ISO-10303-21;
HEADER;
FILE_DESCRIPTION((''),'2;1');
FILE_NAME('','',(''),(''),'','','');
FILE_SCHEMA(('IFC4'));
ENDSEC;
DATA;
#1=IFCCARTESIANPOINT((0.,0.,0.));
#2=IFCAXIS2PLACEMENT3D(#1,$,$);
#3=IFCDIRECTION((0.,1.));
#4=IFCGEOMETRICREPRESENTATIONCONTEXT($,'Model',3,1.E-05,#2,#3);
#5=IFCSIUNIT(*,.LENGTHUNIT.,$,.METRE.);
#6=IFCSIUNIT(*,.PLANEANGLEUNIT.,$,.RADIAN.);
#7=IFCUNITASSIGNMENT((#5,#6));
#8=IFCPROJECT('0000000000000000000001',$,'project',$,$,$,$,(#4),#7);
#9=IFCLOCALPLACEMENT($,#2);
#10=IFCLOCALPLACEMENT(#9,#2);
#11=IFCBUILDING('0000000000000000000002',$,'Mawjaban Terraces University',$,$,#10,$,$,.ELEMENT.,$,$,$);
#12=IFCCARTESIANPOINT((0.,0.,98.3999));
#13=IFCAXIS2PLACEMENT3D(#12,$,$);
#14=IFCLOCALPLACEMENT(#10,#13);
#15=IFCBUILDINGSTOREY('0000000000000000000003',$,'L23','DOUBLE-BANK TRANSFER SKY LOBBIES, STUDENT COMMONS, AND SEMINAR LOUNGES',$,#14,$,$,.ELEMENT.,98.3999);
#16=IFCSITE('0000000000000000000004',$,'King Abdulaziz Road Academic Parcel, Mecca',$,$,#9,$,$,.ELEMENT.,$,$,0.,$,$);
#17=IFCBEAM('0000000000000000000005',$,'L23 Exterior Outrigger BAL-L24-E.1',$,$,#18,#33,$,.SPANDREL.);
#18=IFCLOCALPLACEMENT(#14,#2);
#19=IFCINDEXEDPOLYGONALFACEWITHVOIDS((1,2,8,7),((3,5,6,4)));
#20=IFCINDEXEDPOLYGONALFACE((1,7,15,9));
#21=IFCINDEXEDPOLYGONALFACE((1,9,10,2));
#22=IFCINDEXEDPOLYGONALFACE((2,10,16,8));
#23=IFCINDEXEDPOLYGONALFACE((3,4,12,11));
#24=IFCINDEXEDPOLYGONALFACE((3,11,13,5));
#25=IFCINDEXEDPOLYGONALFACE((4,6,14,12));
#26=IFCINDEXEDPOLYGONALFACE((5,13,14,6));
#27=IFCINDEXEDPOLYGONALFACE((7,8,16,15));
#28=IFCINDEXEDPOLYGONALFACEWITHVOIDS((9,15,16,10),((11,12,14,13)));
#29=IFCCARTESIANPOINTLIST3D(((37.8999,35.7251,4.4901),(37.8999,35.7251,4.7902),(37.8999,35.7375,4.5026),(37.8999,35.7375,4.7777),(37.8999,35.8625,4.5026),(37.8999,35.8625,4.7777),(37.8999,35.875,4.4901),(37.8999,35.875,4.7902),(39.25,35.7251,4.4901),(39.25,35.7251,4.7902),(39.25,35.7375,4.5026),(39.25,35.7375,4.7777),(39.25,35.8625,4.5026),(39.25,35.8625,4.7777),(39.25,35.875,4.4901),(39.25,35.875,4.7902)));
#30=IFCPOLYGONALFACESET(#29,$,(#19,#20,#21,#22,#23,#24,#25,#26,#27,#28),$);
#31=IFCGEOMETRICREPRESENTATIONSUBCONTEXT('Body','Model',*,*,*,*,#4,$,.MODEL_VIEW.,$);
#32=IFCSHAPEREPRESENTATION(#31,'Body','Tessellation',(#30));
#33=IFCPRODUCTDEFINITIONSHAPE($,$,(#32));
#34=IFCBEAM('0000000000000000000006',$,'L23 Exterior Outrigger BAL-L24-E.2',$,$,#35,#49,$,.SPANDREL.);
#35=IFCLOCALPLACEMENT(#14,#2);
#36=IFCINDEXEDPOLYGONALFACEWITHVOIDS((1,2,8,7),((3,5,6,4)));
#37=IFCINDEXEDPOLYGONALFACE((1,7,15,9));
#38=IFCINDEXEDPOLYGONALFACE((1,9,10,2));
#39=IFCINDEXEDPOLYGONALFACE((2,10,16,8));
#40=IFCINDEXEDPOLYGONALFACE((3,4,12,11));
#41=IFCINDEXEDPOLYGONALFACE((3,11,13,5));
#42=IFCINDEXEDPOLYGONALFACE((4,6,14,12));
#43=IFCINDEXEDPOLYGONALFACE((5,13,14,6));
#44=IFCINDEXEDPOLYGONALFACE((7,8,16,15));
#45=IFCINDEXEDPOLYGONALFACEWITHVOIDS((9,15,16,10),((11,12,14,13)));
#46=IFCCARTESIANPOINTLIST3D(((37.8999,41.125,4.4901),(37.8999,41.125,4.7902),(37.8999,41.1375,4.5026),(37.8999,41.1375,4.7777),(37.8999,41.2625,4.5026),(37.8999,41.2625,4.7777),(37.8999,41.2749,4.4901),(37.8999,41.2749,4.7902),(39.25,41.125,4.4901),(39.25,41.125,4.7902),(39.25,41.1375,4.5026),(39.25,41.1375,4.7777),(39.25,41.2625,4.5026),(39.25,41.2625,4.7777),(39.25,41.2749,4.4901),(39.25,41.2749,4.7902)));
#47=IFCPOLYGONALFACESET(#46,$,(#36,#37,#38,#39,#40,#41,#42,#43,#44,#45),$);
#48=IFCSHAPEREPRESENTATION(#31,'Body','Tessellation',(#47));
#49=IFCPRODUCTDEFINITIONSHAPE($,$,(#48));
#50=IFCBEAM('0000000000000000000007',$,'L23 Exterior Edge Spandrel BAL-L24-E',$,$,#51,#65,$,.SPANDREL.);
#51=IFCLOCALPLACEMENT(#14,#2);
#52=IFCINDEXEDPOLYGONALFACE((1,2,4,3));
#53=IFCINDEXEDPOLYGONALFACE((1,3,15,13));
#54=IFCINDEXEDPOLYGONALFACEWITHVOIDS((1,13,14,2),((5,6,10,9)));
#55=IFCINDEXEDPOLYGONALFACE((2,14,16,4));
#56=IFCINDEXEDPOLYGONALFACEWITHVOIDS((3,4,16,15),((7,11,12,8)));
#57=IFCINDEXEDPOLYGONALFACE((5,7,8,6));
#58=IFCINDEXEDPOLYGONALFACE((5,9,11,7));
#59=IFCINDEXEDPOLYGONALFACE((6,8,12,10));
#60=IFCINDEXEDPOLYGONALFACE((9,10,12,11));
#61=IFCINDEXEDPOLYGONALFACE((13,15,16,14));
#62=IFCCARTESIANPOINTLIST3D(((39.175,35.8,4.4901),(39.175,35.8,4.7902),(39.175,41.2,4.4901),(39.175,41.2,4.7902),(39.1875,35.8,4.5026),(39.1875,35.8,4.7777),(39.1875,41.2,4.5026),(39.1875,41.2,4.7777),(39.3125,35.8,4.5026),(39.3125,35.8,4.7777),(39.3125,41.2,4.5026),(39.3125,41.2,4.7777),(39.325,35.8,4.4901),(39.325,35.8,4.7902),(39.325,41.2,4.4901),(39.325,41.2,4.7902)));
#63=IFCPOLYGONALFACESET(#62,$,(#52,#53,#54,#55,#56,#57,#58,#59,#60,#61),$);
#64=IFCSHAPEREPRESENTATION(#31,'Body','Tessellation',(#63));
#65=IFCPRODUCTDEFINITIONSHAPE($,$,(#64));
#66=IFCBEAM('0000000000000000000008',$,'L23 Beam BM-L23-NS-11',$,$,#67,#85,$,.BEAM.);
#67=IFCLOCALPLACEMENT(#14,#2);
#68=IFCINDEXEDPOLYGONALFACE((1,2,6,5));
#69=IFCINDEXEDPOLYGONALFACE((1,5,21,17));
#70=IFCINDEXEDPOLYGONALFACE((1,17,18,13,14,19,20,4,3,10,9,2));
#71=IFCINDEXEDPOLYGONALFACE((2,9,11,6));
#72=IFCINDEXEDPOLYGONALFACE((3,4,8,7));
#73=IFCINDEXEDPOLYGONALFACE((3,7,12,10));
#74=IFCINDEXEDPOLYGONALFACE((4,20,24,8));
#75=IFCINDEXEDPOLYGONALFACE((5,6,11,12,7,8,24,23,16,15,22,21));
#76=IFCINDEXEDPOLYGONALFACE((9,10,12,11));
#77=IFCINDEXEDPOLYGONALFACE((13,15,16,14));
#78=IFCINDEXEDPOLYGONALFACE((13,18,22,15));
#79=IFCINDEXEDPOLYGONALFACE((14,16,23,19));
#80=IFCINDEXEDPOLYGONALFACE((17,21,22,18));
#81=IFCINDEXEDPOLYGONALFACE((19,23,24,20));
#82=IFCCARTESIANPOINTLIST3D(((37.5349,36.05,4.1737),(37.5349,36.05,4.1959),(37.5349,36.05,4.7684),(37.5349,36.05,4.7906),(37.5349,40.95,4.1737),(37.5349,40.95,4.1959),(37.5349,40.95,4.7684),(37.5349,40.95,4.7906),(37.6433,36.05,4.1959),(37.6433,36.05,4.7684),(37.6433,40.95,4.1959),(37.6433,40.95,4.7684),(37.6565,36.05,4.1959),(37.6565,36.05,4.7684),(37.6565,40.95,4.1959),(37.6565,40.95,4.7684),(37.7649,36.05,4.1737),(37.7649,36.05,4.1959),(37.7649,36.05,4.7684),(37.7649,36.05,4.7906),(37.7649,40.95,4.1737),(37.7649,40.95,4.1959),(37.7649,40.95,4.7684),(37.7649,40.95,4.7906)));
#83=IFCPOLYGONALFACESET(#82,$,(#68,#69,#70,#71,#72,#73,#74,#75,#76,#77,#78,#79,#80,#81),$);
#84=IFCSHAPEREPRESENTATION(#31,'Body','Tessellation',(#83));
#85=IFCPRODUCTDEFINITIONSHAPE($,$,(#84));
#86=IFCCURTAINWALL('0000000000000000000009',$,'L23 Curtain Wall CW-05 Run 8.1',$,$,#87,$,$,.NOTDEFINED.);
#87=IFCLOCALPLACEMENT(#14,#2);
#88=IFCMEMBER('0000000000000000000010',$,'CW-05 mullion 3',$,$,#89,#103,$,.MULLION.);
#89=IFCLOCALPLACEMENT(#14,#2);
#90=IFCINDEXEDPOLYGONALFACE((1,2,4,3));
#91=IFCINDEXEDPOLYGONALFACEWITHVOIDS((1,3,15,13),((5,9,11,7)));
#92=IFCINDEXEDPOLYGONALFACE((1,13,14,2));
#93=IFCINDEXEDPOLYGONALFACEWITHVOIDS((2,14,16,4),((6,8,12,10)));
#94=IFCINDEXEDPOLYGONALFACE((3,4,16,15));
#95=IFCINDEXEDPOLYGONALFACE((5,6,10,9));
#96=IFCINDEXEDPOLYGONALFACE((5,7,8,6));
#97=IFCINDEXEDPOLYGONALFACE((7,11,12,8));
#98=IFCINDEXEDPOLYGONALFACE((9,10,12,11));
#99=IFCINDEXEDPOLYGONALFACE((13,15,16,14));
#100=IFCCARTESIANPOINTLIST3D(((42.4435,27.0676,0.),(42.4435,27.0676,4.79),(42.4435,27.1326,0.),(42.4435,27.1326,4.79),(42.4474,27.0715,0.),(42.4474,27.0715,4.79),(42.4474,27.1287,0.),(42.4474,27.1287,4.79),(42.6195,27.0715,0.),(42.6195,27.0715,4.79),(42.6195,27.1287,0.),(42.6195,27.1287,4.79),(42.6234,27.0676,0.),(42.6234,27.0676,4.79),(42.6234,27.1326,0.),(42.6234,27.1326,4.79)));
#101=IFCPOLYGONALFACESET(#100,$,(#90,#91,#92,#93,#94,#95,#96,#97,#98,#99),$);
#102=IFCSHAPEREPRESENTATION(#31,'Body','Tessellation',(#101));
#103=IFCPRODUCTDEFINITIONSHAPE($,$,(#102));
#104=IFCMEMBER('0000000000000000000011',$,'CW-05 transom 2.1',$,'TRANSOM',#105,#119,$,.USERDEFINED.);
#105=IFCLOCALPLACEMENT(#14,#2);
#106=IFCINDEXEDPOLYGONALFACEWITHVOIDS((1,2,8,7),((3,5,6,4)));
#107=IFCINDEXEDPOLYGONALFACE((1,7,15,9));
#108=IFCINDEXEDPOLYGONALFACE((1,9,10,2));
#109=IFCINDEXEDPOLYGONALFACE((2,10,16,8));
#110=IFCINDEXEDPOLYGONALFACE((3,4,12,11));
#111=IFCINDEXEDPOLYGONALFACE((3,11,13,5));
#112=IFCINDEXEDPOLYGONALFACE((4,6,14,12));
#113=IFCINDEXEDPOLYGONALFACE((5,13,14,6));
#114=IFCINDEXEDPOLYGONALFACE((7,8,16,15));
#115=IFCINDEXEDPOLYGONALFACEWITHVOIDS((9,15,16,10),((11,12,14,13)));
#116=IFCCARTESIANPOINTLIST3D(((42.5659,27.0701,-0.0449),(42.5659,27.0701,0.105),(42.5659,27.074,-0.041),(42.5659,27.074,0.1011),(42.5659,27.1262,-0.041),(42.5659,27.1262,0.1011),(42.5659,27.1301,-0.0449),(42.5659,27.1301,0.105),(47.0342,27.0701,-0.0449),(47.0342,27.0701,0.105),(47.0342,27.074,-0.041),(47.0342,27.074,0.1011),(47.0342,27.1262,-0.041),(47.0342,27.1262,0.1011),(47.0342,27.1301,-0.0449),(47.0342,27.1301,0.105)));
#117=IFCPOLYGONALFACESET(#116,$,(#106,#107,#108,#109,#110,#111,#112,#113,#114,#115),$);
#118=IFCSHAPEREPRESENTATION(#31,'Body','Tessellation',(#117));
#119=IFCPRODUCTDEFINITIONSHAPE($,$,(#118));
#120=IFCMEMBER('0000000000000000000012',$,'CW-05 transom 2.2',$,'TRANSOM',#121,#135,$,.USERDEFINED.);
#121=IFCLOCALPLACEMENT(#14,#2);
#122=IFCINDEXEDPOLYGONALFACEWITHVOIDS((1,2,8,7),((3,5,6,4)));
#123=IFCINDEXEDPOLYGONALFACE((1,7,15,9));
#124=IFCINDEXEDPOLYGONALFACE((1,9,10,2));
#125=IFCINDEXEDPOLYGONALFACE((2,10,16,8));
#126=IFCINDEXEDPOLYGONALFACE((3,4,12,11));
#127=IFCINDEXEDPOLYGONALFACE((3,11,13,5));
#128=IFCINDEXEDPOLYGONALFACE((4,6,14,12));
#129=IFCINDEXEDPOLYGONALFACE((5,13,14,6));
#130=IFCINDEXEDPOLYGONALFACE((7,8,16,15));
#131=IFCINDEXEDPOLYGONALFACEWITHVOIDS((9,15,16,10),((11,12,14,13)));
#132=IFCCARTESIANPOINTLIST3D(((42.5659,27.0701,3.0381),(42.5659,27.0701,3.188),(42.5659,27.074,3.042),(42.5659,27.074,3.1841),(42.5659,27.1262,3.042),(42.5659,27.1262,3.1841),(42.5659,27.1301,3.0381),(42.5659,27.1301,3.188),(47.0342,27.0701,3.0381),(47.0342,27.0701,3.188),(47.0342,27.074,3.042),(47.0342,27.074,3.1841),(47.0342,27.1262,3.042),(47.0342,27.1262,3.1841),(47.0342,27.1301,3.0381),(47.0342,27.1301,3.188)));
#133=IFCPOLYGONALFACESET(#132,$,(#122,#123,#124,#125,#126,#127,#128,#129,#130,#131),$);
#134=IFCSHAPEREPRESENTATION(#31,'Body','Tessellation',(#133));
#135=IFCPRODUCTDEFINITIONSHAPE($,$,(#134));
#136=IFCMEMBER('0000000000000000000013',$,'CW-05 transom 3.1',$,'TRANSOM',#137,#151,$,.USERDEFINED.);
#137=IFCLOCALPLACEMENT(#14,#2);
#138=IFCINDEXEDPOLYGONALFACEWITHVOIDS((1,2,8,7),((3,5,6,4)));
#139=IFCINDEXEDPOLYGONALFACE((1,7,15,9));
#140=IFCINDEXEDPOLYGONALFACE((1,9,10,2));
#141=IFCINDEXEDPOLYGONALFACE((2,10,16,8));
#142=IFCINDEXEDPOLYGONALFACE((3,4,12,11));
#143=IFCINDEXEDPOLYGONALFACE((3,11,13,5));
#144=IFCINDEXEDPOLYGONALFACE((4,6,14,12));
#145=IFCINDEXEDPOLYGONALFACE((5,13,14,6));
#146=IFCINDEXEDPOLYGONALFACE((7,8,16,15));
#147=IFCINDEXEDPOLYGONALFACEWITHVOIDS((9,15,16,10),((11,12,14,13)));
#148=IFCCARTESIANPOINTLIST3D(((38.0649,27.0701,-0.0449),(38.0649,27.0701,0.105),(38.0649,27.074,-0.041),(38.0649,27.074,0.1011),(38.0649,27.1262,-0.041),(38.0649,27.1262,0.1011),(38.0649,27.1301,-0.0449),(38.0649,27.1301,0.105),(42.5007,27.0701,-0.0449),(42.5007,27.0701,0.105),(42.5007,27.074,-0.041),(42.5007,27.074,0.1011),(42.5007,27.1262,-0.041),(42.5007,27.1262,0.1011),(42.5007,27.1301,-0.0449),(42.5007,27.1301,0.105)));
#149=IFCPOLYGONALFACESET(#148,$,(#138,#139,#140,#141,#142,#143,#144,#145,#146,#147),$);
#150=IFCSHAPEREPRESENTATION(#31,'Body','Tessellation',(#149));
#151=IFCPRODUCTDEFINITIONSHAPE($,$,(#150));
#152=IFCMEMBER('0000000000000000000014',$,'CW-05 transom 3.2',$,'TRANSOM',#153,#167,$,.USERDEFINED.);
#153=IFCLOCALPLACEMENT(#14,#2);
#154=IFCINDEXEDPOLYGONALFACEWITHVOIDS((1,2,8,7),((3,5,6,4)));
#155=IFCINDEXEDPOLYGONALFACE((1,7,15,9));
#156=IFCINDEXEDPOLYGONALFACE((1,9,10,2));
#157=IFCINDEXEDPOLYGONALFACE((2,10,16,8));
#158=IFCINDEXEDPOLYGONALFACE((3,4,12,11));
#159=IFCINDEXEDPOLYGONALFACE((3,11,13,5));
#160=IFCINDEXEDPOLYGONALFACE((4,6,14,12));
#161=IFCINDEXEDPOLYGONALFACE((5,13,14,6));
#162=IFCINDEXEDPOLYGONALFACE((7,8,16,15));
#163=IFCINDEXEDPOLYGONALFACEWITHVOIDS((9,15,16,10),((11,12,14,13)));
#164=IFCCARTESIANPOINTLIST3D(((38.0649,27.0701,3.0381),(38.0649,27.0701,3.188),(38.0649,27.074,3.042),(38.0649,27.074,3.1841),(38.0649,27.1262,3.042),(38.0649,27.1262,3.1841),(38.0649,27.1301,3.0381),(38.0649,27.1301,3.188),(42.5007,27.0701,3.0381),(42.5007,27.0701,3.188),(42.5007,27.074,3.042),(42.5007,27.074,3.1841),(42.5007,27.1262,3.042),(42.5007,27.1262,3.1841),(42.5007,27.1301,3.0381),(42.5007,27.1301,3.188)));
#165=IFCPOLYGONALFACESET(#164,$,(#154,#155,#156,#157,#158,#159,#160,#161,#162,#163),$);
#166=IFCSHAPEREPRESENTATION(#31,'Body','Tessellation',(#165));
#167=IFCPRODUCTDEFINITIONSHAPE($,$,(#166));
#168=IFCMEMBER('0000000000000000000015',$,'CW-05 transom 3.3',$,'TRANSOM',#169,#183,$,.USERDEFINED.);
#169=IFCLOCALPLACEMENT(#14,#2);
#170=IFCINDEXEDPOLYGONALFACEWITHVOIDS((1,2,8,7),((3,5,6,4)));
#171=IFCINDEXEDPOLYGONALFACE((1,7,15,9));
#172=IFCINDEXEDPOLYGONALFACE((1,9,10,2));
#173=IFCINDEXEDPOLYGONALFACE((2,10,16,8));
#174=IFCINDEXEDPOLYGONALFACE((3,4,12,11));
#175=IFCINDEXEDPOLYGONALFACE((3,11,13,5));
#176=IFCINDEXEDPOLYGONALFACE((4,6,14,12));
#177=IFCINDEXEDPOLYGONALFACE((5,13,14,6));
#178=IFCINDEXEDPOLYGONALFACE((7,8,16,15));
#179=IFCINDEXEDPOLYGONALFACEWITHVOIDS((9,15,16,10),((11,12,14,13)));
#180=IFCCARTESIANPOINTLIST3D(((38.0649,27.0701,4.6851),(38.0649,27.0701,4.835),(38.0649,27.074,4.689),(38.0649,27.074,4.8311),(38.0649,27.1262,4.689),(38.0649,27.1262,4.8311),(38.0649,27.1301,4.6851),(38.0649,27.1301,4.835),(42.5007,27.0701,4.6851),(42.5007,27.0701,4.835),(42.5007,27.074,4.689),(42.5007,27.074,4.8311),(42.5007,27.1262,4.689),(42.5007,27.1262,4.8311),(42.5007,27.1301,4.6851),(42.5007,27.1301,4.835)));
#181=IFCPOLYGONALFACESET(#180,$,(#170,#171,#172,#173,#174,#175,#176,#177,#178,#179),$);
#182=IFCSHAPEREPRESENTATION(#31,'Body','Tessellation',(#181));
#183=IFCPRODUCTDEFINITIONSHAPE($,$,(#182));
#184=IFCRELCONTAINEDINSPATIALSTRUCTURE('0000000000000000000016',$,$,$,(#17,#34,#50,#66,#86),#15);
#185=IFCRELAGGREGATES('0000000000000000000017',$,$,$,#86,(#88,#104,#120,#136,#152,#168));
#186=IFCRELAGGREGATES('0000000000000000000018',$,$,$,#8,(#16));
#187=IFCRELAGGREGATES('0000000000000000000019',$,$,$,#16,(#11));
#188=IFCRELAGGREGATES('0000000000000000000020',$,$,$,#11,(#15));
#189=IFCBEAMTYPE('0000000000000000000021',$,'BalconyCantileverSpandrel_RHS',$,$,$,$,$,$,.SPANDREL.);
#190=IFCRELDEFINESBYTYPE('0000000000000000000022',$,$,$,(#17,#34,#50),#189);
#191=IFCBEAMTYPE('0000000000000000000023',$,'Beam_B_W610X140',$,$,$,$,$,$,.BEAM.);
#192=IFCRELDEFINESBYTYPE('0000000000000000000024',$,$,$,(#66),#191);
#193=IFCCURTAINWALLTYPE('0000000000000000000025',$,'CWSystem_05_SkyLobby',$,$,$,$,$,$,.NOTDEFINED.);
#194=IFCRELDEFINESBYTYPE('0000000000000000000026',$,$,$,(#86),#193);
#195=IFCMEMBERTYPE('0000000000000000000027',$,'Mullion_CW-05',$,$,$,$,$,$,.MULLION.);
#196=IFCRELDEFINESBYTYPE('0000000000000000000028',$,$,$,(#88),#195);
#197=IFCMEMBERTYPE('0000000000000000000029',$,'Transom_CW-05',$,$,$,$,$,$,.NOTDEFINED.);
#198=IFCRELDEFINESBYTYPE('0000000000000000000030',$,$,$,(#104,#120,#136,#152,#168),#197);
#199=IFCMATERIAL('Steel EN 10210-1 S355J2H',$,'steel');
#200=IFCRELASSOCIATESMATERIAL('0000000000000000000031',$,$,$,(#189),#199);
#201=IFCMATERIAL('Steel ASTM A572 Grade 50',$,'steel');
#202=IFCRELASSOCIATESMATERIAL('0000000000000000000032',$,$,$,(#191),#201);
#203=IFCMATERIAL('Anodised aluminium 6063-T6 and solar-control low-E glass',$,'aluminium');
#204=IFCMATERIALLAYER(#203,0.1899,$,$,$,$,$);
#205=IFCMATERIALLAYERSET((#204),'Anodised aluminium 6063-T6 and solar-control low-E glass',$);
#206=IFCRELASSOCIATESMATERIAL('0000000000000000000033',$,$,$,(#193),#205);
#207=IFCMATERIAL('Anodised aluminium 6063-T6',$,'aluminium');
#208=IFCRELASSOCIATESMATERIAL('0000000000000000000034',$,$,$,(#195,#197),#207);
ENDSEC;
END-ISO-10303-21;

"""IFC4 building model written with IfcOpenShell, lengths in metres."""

from ifc_helpers import new_model, si_unit, direction, frame, origin, origin_2d, place, context, subcontext, project, spatial, hollow_rectangle, i_section, extrude, material, layer, layer_set, material_profile, profile_set, type_object, element, aggregate, save


model = new_model("IFC4")

# Units and contexts
model_context = context("Model", 3, precision=1e-05, world=origin(), true_north=direction((0.0, 1.0)))
body_context = subcontext(model_context, "Body", "Model", "MODEL_VIEW")
ifc_project = project(units=[si_unit("LENGTHUNIT", "METRE"), si_unit("PLANEANGLEUNIT", "RADIAN")], contexts=[model_context])

# Site, building, storey
site_placement = place(None, origin())
site = spatial("IfcSite", under=ifc_project, at=site_placement, Name="King Abdulaziz Road Academic Parcel, Mecca", CompositionType="ELEMENT", RefElevation=0.0)
building_placement = place(site_placement, origin())
building = spatial("IfcBuilding", under=site, at=building_placement, Name="Mawjaban Terraces University", CompositionType="ELEMENT")
storey_placement = place(building_placement, frame((0.0, 0.0, 98.3999)))
storey = spatial("IfcBuildingStorey", under=building, at=storey_placement, Name="L23", Description="DOUBLE-BANK TRANSFER SKY LOBBIES, STUDENT COMMONS, AND SEMINAR LOUNGES", CompositionType="ELEMENT", Elevation=98.3999)

# Beams
ifc_material_1 = material(Name="Steel EN 10210-1 S355J2H", Category="steel")
ifc_material_profile_1 = material_profile(ifc_material_1, hollow_rectangle(XDim=0.1499, YDim=0.3, WallThickness=0.0125, at=origin_2d()), Name="RHS300X150X12.5")
ifc_profile_set_1 = profile_set([ifc_material_profile_1], Name="Steel EN 10210-1 S355J2H")
beam_type_1 = type_object("IfcBeamType", Name="BalconyCantileverSpandrel_RHS", PredefinedType="SPANDREL", material=ifc_profile_set_1)
for number, where, z_axis, x_axis, name in (
    (1, (37.8999, 35.8, 4.6401), (1.0, 0.0, 0.0), (0.0, 1.0, 0.0), "L23 Exterior Outrigger BAL-L24-E.1"),
    (2, (37.8999, 41.2, 4.6401), (1.0, 0.0, 0.0), (0.0, 1.0, 0.0), "L23 Exterior Outrigger BAL-L24-E.2"),
):
    element("IfcBeam", number, at=place(storey_placement, frame(where, z_axis=z_axis, x_axis=x_axis)), inside=storey, type_object=beam_type_1, Name=name, PredefinedType="SPANDREL", context=body_context, shape_type="SweptSolid", body=[
        extrude(hollow_rectangle(XDim=0.1499, YDim=0.3, WallThickness=0.0125, at=origin_2d()), origin(), (0.0, 0.0, 1.0), 1.3501),
    ])
beam_1_placement = place(storey_placement, frame((39.25, 35.8, 4.6401), z_axis=(0.0, 1.0, 0.0), x_axis=(-1.0, 0.0, 0.0)))
element("IfcBeam", 3, at=beam_1_placement, inside=storey, type_object=beam_type_1, Name="L23 Exterior Edge Spandrel BAL-L24-E", PredefinedType="SPANDREL", context=body_context, shape_type="SweptSolid", body=[
    extrude(hollow_rectangle(XDim=0.1499, YDim=0.3, WallThickness=0.0125, at=origin_2d()), origin(), (0.0, 0.0, 1.0), 5.3999),
])
ifc_material_2 = material(Name="Steel ASTM A572 Grade 50", Category="steel")
ifc_material_profile_2 = material_profile(ifc_material_2, i_section(OverallWidth=0.23, OverallDepth=0.6169, WebThickness=0.0132, FlangeThickness=0.0222, at=origin_2d()), Name="W610X140")
ifc_profile_set_2 = profile_set([ifc_material_profile_2], Name="Steel ASTM A572 Grade 50")
beam_type_2 = type_object("IfcBeamType", Name="Beam_B_W610X140", PredefinedType="BEAM", material=ifc_profile_set_2)
beam_2_placement = place(storey_placement, frame((37.6499, 36.05, 4.4822), z_axis=(0.0, 1.0, 0.0), x_axis=(-1.0, 0.0, 0.0)))
element("IfcBeam", 4, at=beam_2_placement, inside=storey, type_object=beam_type_2, Name="L23 Beam BM-L23-NS-11", PredefinedType="BEAM", context=body_context, shape_type="SweptSolid", body=[
    extrude(i_section(OverallWidth=0.23, OverallDepth=0.6169, WebThickness=0.0132, FlangeThickness=0.0222, at=origin_2d()), origin(), (0.0, 0.0, 1.0), 4.8999),
])

# Curtain wall, members
ifc_material_3 = material(Name="Anodised aluminium 6063-T6 and solar-control low-E glass", Category="aluminium")
ifc_layer_1 = layer(ifc_material_3, 0.1899)
ifc_layer_set_1 = layer_set([ifc_layer_1], Name="Anodised aluminium 6063-T6 and solar-control low-E glass")
curtain_wall_type = type_object("IfcCurtainWallType", Name="CWSystem_05_SkyLobby", PredefinedType="NOTDEFINED", material=ifc_layer_set_1)
curtain_wall_placement = place(storey_placement, origin())
curtain_wall = element("IfcCurtainWall", 5, at=curtain_wall_placement, inside=storey, type_object=curtain_wall_type, Name="L23 Curtain Wall CW-05 Run 8.1", PredefinedType="NOTDEFINED")
ifc_material_4 = material(Name="Anodised aluminium 6063-T6", Category="aluminium")
ifc_material_profile_3 = material_profile(ifc_material_4, hollow_rectangle(XDim=0.0649, YDim=0.1799, WallThickness=0.0039, at=origin_2d()), Name="ALU180X65X4")
ifc_profile_set_3 = profile_set([ifc_material_profile_3], Name="Anodised aluminium 6063-T6")
member_type_1 = type_object("IfcMemberType", Name="Mullion_CW-05", PredefinedType="MULLION", material=ifc_profile_set_3)
member_1_placement = place(storey_placement, frame((42.5334, 27.1001, 0.0), z_axis=(0.0, 0.0, 1.0), x_axis=(0.0, -1.0, 0.0)))
member_1 = element("IfcMember", 6, at=member_1_placement, type_object=member_type_1, Name="CW-05 mullion 3", PredefinedType="MULLION", context=body_context, shape_type="SweptSolid", body=[
    extrude(hollow_rectangle(XDim=0.0649, YDim=0.1799, WallThickness=0.0039, at=origin_2d()), origin(), (0.0, 0.0, 1.0), 4.79),
])
ifc_material_profile_4 = material_profile(ifc_material_4, hollow_rectangle(XDim=0.0601, YDim=0.1499, WallThickness=0.0039, at=origin_2d()), Name="ALU150X60X4")
ifc_profile_set_4 = profile_set([ifc_material_profile_4], Name="Anodised aluminium 6063-T6")
member_type_2 = type_object("IfcMemberType", Name="Transom_CW-05", PredefinedType="NOTDEFINED", material=ifc_profile_set_4)
member_2_placement = place(storey_placement, frame((47.0342, 27.1001, 0.03), z_axis=(-1.0, 0.0, 0.0), x_axis=(0.0, -1.0, 0.0)))
member_2 = element("IfcMember", 7, at=member_2_placement, type_object=member_type_2, Name="CW-05 transom 2.1", ObjectType="TRANSOM", PredefinedType="USERDEFINED", context=body_context, shape_type="SweptSolid", body=[
    extrude(hollow_rectangle(XDim=0.0601, YDim=0.1499, WallThickness=0.0039, at=origin_2d()), origin(), (0.0, 0.0, 1.0), 4.4683),
])
member_3_placement = place(storey_placement, frame((47.0342, 27.1001, 3.113), z_axis=(-1.0, 0.0, 0.0), x_axis=(0.0, -1.0, 0.0)))
member_3 = element("IfcMember", 8, at=member_3_placement, type_object=member_type_2, Name="CW-05 transom 2.2", ObjectType="TRANSOM", PredefinedType="USERDEFINED", context=body_context, shape_type="SweptSolid", body=[
    extrude(hollow_rectangle(XDim=0.0601, YDim=0.1499, WallThickness=0.0039, at=origin_2d()), origin(), (0.0, 0.0, 1.0), 4.4683),
])
member_4_placement = place(storey_placement, frame((42.5007, 27.1001, 0.03), z_axis=(-1.0, 0.0, 0.0), x_axis=(0.0, -1.0, 0.0)))
member_4 = element("IfcMember", 9, at=member_4_placement, type_object=member_type_2, Name="CW-05 transom 3.1", ObjectType="TRANSOM", PredefinedType="USERDEFINED", context=body_context, shape_type="SweptSolid", body=[
    extrude(hollow_rectangle(XDim=0.0601, YDim=0.1499, WallThickness=0.0039, at=origin_2d()), origin(), (0.0, 0.0, 1.0), 4.4358),
])
member_5_placement = place(storey_placement, frame((42.5007, 27.1001, 3.113), z_axis=(-1.0, 0.0, 0.0), x_axis=(0.0, -1.0, 0.0)))
member_5 = element("IfcMember", 10, at=member_5_placement, type_object=member_type_2, Name="CW-05 transom 3.2", ObjectType="TRANSOM", PredefinedType="USERDEFINED", context=body_context, shape_type="SweptSolid", body=[
    extrude(hollow_rectangle(XDim=0.0601, YDim=0.1499, WallThickness=0.0039, at=origin_2d()), origin(), (0.0, 0.0, 1.0), 4.4358),
])
member_6_placement = place(storey_placement, frame((42.5007, 27.1001, 4.76), z_axis=(-1.0, 0.0, 0.0), x_axis=(0.0, -1.0, 0.0)))
member_6 = element("IfcMember", 11, at=member_6_placement, type_object=member_type_2, Name="CW-05 transom 3.3", ObjectType="TRANSOM", PredefinedType="USERDEFINED", context=body_context, shape_type="SweptSolid", body=[
    extrude(hollow_rectangle(XDim=0.0601, YDim=0.1499, WallThickness=0.0039, at=origin_2d()), origin(), (0.0, 0.0, 1.0), 4.4358),
])
aggregate(curtain_wall, [member_1, member_2, member_3, member_4, member_5, member_6])

save(model, "model.ifc")
